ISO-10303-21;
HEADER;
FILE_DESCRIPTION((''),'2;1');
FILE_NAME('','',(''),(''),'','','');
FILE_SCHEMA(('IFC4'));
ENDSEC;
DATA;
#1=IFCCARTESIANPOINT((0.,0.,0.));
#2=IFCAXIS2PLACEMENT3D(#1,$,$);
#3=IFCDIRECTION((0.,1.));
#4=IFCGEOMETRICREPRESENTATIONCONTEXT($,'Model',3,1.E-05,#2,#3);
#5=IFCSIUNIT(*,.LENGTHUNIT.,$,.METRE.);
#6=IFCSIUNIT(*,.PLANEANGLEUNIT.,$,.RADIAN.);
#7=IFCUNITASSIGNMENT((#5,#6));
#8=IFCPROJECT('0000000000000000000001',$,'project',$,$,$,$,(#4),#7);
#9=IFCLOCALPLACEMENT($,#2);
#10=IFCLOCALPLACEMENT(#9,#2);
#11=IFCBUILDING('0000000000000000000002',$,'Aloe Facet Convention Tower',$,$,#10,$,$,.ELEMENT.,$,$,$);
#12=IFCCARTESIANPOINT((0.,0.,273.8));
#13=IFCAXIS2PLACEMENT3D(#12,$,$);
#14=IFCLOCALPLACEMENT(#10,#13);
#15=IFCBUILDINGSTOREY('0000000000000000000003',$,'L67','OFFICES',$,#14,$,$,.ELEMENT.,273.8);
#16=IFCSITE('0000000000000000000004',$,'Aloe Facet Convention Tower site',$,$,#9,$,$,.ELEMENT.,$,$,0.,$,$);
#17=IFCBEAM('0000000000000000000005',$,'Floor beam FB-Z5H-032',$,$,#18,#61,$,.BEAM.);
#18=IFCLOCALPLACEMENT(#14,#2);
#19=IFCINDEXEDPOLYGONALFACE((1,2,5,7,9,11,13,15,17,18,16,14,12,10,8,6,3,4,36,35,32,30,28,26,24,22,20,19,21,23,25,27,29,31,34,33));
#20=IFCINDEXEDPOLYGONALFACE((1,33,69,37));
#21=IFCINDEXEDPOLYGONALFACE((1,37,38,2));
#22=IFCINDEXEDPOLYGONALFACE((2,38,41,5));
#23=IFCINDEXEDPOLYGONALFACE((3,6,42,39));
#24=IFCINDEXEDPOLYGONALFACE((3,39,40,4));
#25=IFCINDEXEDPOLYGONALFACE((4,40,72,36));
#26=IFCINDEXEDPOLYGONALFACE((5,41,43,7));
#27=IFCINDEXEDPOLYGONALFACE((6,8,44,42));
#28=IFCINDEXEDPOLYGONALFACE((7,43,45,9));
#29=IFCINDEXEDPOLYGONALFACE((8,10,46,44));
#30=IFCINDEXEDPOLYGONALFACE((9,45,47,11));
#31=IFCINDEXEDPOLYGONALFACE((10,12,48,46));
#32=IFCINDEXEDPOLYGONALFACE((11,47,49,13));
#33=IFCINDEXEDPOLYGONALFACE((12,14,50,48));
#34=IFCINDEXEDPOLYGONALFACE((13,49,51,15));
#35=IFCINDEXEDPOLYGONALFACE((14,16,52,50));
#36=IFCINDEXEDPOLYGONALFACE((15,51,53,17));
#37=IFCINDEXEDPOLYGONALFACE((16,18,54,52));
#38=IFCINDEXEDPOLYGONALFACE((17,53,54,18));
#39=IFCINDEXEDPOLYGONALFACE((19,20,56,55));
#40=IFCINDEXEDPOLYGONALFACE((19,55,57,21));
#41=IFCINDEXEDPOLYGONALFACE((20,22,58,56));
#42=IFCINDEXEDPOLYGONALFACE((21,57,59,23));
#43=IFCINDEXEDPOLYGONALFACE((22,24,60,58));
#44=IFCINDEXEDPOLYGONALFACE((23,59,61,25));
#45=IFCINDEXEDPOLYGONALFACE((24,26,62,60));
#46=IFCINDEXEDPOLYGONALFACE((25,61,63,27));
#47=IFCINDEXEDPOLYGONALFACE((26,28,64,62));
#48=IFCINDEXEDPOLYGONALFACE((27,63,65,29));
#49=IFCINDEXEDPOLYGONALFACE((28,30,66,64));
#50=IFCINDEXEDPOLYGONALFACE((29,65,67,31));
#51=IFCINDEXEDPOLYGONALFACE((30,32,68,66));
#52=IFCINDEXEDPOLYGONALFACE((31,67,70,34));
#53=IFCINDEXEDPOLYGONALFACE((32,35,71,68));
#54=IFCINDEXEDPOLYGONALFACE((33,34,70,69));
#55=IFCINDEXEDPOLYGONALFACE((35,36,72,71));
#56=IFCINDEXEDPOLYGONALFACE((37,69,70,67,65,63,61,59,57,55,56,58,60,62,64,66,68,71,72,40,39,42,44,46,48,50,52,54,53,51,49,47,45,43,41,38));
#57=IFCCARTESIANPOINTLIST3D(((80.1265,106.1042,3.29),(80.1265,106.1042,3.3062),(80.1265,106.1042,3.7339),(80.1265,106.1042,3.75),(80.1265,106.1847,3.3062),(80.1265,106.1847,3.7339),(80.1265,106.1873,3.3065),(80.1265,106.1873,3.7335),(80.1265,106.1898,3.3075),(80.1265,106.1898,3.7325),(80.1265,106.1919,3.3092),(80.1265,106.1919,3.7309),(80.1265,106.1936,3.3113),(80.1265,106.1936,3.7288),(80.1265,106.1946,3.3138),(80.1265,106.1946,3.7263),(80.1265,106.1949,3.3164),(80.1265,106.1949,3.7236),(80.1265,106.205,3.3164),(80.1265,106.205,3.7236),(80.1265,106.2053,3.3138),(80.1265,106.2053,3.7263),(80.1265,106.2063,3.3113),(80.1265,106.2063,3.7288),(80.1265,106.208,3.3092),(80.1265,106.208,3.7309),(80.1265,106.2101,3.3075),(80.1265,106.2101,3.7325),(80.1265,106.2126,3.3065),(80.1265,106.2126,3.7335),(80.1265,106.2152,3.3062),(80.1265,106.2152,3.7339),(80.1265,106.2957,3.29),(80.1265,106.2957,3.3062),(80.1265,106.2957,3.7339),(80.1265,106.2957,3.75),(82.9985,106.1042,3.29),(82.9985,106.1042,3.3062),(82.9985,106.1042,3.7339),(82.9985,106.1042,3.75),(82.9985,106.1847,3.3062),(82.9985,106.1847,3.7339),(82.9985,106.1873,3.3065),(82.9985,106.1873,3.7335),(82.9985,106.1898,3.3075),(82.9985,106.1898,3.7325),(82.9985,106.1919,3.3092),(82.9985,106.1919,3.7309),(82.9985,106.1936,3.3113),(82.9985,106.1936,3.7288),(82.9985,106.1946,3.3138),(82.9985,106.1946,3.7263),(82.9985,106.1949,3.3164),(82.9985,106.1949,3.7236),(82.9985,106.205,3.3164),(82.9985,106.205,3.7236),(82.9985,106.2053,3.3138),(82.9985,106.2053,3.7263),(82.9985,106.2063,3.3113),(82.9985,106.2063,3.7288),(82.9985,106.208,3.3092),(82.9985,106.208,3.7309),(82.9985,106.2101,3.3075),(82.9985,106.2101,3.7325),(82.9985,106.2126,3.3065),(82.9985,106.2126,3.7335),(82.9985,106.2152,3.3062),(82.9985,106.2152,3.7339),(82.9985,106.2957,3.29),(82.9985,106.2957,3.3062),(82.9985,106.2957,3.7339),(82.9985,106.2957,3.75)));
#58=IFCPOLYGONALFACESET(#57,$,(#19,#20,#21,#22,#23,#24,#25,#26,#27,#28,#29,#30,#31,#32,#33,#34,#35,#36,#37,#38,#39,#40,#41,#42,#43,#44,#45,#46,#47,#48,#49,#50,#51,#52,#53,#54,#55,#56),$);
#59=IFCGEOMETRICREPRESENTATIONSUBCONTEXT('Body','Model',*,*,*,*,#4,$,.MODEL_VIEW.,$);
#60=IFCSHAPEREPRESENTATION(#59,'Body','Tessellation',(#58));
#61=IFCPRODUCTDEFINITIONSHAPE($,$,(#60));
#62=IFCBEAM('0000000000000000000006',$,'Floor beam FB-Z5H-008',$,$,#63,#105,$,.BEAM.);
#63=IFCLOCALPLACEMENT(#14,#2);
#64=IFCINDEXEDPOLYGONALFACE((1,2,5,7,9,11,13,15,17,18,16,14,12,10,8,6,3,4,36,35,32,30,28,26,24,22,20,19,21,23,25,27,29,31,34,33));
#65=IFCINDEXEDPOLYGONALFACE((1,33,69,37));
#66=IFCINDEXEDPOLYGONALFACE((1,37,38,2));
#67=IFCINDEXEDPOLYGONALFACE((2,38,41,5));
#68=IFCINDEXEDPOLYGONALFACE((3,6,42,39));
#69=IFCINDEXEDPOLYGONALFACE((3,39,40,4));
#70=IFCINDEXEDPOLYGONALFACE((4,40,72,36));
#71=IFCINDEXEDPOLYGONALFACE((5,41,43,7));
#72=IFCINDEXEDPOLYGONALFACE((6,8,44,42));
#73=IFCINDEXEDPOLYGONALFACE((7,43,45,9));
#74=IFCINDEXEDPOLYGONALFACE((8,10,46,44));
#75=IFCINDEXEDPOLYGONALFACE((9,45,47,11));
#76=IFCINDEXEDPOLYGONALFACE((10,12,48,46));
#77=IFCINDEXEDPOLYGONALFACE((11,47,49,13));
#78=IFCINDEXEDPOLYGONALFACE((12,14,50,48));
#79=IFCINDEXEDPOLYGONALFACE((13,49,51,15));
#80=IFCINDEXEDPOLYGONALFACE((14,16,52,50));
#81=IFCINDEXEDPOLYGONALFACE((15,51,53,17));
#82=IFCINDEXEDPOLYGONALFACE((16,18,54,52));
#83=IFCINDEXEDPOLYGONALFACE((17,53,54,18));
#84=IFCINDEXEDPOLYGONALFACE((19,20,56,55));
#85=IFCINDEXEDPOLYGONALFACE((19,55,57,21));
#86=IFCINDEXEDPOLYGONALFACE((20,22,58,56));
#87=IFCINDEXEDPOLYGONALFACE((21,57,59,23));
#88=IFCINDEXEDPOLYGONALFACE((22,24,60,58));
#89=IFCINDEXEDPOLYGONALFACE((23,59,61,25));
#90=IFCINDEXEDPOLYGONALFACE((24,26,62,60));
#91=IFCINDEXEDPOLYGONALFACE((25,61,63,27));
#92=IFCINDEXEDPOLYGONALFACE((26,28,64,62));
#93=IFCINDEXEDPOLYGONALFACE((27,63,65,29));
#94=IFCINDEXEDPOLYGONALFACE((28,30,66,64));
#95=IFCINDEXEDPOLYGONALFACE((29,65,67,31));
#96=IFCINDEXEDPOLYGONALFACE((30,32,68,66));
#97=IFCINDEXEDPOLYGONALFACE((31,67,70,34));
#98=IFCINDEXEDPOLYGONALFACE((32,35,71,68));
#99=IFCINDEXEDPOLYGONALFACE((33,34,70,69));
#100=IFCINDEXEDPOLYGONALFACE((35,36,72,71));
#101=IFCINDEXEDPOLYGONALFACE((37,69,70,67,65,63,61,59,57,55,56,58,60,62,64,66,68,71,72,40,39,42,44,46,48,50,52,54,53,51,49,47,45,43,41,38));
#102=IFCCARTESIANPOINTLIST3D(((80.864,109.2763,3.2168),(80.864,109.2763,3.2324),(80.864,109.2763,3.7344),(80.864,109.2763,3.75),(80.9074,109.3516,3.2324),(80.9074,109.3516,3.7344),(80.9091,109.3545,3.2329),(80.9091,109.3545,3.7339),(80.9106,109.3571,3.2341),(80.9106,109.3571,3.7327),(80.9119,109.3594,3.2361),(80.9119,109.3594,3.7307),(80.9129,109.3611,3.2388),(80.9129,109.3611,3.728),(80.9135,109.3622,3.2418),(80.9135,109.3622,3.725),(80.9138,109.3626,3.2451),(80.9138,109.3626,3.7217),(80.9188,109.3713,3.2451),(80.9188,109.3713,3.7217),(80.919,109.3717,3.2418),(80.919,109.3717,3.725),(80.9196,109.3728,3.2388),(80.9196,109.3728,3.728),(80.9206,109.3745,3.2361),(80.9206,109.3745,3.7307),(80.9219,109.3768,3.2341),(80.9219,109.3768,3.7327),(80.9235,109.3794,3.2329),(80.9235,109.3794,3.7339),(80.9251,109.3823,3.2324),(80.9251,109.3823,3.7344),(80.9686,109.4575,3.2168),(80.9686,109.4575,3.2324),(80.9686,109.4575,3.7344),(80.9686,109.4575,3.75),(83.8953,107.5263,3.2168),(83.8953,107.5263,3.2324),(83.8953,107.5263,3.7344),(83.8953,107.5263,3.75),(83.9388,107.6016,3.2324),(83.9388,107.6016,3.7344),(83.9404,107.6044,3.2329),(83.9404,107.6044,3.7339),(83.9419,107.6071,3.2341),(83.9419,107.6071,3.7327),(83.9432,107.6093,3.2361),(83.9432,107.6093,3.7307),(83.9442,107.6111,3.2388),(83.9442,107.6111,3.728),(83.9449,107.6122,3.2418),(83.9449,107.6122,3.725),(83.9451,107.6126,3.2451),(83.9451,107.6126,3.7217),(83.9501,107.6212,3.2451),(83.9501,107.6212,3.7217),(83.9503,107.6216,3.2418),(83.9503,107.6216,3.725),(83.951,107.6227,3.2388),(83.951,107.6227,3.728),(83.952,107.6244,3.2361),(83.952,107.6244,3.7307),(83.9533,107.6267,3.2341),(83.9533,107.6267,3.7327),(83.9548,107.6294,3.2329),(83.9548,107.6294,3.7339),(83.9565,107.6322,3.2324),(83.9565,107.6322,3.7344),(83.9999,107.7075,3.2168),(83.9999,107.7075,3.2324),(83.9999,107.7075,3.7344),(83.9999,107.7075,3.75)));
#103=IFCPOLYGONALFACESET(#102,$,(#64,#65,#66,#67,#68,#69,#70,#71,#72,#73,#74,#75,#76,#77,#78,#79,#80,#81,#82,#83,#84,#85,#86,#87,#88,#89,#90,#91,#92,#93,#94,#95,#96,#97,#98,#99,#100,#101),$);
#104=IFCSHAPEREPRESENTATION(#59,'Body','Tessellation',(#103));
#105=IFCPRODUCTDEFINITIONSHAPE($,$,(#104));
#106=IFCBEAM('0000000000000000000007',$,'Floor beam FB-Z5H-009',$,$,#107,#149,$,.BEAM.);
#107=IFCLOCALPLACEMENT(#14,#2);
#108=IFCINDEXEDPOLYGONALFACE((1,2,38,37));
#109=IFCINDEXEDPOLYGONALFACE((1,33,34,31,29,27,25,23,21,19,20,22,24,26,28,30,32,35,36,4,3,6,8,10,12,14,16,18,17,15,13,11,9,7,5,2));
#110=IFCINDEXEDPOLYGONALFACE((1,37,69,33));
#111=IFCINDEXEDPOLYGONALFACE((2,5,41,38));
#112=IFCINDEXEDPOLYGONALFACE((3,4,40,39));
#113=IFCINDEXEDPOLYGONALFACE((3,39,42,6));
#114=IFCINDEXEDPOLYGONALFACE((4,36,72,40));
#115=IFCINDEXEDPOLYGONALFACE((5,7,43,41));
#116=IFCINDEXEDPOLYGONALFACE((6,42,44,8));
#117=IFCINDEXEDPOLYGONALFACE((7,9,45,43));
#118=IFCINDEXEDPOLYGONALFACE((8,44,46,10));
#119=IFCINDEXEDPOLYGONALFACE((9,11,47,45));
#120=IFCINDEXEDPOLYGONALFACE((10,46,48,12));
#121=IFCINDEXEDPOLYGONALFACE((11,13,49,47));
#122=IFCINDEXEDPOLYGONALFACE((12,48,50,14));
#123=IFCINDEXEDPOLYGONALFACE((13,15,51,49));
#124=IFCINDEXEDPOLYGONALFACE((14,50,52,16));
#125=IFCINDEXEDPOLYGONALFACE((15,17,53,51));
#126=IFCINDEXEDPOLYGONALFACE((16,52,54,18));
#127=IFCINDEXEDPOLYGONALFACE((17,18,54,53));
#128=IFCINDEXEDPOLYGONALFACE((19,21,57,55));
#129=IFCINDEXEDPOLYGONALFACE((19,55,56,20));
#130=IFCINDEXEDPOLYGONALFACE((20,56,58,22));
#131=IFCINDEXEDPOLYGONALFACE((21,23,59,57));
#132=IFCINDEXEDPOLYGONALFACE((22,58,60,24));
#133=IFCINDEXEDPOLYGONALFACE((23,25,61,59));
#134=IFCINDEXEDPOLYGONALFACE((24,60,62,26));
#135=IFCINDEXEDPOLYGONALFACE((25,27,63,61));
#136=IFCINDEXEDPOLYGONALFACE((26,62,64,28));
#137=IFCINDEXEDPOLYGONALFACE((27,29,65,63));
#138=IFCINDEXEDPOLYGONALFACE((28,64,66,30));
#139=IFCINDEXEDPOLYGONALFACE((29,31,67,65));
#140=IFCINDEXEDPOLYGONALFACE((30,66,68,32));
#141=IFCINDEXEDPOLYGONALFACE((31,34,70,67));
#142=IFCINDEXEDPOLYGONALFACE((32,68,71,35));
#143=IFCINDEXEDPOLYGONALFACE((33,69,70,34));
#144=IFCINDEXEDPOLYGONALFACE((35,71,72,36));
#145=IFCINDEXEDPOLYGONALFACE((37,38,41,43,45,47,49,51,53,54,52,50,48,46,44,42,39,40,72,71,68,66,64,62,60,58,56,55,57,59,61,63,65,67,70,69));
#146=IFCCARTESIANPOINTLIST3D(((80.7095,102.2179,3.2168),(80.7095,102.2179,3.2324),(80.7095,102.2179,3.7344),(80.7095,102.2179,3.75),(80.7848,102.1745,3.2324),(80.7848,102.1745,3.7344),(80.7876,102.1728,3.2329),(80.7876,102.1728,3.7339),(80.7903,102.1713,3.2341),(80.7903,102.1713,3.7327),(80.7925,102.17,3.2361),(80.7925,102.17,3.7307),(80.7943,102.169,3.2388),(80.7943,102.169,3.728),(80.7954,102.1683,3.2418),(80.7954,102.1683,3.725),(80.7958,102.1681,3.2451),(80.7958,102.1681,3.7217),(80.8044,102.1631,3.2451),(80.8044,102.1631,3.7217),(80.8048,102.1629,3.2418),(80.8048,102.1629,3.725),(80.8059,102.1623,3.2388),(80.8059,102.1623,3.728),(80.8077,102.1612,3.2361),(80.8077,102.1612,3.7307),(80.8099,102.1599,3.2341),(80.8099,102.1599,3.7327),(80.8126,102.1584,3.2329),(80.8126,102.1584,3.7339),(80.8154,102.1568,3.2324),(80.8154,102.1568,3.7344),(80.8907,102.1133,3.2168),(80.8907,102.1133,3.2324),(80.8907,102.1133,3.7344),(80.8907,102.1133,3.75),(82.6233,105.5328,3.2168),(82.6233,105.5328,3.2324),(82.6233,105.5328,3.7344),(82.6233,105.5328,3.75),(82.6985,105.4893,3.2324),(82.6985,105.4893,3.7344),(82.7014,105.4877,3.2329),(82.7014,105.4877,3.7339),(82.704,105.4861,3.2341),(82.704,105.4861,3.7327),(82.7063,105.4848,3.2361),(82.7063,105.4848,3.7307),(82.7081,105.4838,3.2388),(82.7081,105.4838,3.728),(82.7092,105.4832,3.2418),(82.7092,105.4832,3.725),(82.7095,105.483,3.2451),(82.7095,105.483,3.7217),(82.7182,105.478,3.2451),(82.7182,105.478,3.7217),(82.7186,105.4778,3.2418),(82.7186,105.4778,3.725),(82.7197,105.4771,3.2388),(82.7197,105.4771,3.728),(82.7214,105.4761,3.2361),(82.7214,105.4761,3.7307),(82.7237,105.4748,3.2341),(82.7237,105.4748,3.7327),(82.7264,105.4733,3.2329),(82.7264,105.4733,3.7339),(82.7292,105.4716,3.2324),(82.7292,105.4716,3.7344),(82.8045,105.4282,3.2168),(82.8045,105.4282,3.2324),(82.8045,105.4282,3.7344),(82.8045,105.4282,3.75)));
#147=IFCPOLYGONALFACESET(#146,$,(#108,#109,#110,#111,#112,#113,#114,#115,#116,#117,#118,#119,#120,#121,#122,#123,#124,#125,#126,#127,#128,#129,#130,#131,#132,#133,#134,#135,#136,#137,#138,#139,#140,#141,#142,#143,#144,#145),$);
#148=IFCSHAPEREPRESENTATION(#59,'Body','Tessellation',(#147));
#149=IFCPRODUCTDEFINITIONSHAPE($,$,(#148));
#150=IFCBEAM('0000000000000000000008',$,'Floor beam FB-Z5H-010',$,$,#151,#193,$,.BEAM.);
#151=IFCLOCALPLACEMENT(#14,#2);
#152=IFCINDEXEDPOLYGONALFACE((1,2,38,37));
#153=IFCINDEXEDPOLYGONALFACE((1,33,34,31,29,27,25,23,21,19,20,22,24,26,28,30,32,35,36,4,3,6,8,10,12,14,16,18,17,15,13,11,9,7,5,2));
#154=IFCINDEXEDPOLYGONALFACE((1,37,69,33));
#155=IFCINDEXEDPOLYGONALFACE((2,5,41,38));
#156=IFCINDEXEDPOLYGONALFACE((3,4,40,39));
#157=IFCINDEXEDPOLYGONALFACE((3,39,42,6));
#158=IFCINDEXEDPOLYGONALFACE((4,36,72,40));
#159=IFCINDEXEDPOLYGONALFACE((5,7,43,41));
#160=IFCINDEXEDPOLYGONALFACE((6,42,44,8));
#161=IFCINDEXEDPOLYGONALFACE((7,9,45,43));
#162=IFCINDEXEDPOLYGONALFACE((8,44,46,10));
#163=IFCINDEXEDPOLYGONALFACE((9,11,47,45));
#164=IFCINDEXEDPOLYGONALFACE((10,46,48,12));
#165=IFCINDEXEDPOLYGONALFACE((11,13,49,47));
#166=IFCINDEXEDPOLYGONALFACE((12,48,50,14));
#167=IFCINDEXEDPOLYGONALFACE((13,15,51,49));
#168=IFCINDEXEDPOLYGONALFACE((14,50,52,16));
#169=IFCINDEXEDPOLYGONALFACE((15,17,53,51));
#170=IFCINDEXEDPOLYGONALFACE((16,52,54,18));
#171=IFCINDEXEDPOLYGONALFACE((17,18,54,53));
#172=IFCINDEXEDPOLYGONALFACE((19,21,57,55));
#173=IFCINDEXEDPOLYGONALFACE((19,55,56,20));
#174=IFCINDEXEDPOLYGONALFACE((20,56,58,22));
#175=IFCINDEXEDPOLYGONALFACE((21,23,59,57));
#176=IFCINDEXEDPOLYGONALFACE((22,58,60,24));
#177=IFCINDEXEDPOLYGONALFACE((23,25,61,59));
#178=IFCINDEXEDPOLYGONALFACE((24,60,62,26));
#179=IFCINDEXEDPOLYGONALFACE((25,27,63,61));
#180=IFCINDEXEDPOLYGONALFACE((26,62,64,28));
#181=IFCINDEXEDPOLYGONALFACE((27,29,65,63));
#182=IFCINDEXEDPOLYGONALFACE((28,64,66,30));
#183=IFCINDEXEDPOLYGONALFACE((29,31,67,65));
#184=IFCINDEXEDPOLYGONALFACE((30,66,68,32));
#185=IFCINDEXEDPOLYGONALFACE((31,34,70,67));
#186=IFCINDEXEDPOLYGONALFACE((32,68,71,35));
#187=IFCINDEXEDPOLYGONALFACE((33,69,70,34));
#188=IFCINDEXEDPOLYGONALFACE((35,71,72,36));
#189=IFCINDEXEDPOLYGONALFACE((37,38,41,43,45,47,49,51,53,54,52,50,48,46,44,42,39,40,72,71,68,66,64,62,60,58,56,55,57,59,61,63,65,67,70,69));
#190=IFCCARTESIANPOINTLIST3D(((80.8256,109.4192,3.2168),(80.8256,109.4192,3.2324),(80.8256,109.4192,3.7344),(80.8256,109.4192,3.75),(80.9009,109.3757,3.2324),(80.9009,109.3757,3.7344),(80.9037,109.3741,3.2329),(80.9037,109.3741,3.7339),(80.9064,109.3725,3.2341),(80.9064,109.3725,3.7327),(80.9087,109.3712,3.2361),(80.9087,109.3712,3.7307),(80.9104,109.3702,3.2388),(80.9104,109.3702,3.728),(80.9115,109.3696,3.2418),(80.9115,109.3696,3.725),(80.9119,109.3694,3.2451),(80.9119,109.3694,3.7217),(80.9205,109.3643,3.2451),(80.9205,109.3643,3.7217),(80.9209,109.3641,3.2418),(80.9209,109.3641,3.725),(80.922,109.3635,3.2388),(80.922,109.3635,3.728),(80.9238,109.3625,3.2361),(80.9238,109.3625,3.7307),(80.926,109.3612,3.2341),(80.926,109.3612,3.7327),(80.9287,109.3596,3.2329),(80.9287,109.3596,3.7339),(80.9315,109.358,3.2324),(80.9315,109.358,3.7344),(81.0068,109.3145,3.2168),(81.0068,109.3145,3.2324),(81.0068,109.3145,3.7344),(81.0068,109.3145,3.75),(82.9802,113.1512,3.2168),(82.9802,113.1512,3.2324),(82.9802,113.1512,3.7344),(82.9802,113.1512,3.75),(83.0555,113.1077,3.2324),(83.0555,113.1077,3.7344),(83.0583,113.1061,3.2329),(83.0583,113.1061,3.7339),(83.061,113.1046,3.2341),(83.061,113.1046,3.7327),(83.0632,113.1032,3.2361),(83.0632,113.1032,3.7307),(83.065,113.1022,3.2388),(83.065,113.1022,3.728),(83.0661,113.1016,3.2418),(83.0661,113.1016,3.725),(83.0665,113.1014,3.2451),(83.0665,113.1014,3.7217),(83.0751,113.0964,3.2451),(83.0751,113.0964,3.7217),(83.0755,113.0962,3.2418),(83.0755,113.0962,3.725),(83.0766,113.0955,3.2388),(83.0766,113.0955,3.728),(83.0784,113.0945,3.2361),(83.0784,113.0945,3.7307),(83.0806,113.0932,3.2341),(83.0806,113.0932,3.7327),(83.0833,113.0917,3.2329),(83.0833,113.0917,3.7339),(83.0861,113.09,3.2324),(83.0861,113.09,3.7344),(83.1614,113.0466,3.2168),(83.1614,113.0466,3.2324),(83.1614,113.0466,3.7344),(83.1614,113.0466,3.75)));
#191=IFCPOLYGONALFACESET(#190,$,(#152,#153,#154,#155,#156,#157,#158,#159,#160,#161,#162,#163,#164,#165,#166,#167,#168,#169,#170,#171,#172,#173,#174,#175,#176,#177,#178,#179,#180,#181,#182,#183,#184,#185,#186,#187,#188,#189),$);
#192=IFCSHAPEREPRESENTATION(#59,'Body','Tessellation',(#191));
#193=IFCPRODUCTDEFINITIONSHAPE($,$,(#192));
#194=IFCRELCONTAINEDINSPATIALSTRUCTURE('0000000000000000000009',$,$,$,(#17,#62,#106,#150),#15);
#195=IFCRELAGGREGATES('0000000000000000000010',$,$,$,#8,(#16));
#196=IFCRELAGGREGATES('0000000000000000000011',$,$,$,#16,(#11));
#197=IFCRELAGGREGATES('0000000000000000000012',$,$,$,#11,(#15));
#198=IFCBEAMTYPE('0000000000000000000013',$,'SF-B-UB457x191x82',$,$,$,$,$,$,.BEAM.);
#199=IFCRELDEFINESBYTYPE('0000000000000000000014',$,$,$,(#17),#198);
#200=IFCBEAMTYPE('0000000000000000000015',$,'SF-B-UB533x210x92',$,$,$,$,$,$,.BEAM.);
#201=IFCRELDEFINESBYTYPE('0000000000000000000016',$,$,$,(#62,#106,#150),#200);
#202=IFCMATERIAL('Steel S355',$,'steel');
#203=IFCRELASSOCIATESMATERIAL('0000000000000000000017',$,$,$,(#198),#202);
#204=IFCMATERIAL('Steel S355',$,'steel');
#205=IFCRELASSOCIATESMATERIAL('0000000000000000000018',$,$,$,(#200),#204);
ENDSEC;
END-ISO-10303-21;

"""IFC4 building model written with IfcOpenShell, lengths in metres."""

from ifc_helpers import new_model, si_unit, direction, frame, origin, origin_2d, place, context, subcontext, project, spatial, i_section, extrude, material, material_profile, profile_set, type_object, element, save


model = new_model("IFC4")

# Units and contexts
model_context = context("Model", 3, precision=1e-05, world=origin(), true_north=direction((0.0, 1.0)))
body_context = subcontext(model_context, "Body", "Model", "MODEL_VIEW")
ifc_project = project(units=[si_unit("LENGTHUNIT", "METRE"), si_unit("PLANEANGLEUNIT", "RADIAN")], contexts=[model_context])

# Site, building, storey
site_placement = place(None, origin())
site = spatial("IfcSite", under=ifc_project, at=site_placement, Name="Aloe Facet Convention Tower site", CompositionType="ELEMENT", RefElevation=0.0)
building_placement = place(site_placement, origin())
building = spatial("IfcBuilding", under=site, at=building_placement, Name="Aloe Facet Convention Tower", CompositionType="ELEMENT")
storey_placement = place(building_placement, frame((0.0, 0.0, 273.8)))
storey = spatial("IfcBuildingStorey", under=building, at=storey_placement, Name="L67", Description="OFFICES", CompositionType="ELEMENT", Elevation=273.8)

# Beams
ifc_material_1 = material(Name="Steel S355", Category="steel")
ifc_material_profile_1 = material_profile(ifc_material_1, i_section(OverallWidth=0.1914, OverallDepth=0.46, WebThickness=0.01, FlangeThickness=0.0161, FilletRadius=0.0103, at=origin_2d()), Name="UB 457x191x82")
ifc_profile_set_1 = profile_set([ifc_material_profile_1], Name="Steel S355")
beam_type_1 = type_object("IfcBeamType", Name="SF-B-UB457x191x82", PredefinedType="BEAM", material=ifc_profile_set_1)
for number, where, z_axis, x_axis, name in (
    (1, (80.1265, 106.2, 3.52), (1.0, 0.0, 0.0), (0.0, 1.0, 0.0), "Floor beam FB-Z5H-032"),
):
    element("IfcBeam", number, at=place(storey_placement, frame(where, z_axis=z_axis, x_axis=x_axis)), inside=storey, type_object=beam_type_1, Name=name, PredefinedType="BEAM", context=body_context, shape_type="SweptSolid", body=[
        extrude(i_section(OverallWidth=0.1914, OverallDepth=0.46, WebThickness=0.01, FlangeThickness=0.0161, FilletRadius=0.0103, at=origin_2d()), origin(), (0.0, 0.0, 1.0), 2.8721),
    ])
ifc_material_2 = material(Name="Steel S355", Category="steel")
ifc_material_profile_2 = material_profile(ifc_material_2, i_section(OverallWidth=0.2092, OverallDepth=0.5332, WebThickness=0.01, FlangeThickness=0.0156, FilletRadius=0.0127, at=origin_2d()), Name="UB 533x210x92")
ifc_profile_set_2 = profile_set([ifc_material_profile_2], Name="Steel S355")
beam_type_2 = type_object("IfcBeamType", Name="SF-B-UB533x210x92", PredefinedType="BEAM", material=ifc_profile_set_2)
beam_1_placement = place(storey_placement, frame((80.9163, 109.3669, 3.4834), z_axis=(0.866037, -0.49998, 0.0), x_axis=(0.49998, 0.866037, 0.0)))
element("IfcBeam", 2, at=beam_1_placement, inside=storey, type_object=beam_type_2, Name="Floor beam FB-Z5H-008", PredefinedType="BEAM", context=body_context, shape_type="SweptSolid", body=[
    extrude(i_section(OverallWidth=0.2092, OverallDepth=0.5332, WebThickness=0.01, FlangeThickness=0.0156, FilletRadius=0.0127, at=origin_2d()), origin(), (0.0, 0.0, 1.0), 3.5002),
])
beam_2_placement = place(storey_placement, frame((82.7139, 105.4805, 3.4834), z_axis=(-0.499987, -0.866033, 0.0), x_axis=(0.866033, -0.499987, 0.0)))
element("IfcBeam", 3, at=beam_2_placement, inside=storey, type_object=beam_type_2, Name="Floor beam FB-Z5H-009", PredefinedType="BEAM", context=body_context, shape_type="SweptSolid", body=[
    extrude(i_section(OverallWidth=0.2092, OverallDepth=0.5332, WebThickness=0.01, FlangeThickness=0.0156, FilletRadius=0.0127, at=origin_2d()), origin(), (0.0, 0.0, 1.0), 3.8276),
])
beam_3_placement = place(storey_placement, frame((83.0708, 113.0989, 3.4834), z_axis=(-0.499984, -0.866035, 0.0), x_axis=(0.866035, -0.499984, 0.0)))
element("IfcBeam", 4, at=beam_3_placement, inside=storey, type_object=beam_type_2, Name="Floor beam FB-Z5H-010", PredefinedType="BEAM", context=body_context, shape_type="SweptSolid", body=[
    extrude(i_section(OverallWidth=0.2092, OverallDepth=0.5332, WebThickness=0.01, FlangeThickness=0.0156, FilletRadius=0.0127, at=origin_2d()), origin(), (0.0, 0.0, 1.0), 4.3093),
])

save(model, "model.ifc")
